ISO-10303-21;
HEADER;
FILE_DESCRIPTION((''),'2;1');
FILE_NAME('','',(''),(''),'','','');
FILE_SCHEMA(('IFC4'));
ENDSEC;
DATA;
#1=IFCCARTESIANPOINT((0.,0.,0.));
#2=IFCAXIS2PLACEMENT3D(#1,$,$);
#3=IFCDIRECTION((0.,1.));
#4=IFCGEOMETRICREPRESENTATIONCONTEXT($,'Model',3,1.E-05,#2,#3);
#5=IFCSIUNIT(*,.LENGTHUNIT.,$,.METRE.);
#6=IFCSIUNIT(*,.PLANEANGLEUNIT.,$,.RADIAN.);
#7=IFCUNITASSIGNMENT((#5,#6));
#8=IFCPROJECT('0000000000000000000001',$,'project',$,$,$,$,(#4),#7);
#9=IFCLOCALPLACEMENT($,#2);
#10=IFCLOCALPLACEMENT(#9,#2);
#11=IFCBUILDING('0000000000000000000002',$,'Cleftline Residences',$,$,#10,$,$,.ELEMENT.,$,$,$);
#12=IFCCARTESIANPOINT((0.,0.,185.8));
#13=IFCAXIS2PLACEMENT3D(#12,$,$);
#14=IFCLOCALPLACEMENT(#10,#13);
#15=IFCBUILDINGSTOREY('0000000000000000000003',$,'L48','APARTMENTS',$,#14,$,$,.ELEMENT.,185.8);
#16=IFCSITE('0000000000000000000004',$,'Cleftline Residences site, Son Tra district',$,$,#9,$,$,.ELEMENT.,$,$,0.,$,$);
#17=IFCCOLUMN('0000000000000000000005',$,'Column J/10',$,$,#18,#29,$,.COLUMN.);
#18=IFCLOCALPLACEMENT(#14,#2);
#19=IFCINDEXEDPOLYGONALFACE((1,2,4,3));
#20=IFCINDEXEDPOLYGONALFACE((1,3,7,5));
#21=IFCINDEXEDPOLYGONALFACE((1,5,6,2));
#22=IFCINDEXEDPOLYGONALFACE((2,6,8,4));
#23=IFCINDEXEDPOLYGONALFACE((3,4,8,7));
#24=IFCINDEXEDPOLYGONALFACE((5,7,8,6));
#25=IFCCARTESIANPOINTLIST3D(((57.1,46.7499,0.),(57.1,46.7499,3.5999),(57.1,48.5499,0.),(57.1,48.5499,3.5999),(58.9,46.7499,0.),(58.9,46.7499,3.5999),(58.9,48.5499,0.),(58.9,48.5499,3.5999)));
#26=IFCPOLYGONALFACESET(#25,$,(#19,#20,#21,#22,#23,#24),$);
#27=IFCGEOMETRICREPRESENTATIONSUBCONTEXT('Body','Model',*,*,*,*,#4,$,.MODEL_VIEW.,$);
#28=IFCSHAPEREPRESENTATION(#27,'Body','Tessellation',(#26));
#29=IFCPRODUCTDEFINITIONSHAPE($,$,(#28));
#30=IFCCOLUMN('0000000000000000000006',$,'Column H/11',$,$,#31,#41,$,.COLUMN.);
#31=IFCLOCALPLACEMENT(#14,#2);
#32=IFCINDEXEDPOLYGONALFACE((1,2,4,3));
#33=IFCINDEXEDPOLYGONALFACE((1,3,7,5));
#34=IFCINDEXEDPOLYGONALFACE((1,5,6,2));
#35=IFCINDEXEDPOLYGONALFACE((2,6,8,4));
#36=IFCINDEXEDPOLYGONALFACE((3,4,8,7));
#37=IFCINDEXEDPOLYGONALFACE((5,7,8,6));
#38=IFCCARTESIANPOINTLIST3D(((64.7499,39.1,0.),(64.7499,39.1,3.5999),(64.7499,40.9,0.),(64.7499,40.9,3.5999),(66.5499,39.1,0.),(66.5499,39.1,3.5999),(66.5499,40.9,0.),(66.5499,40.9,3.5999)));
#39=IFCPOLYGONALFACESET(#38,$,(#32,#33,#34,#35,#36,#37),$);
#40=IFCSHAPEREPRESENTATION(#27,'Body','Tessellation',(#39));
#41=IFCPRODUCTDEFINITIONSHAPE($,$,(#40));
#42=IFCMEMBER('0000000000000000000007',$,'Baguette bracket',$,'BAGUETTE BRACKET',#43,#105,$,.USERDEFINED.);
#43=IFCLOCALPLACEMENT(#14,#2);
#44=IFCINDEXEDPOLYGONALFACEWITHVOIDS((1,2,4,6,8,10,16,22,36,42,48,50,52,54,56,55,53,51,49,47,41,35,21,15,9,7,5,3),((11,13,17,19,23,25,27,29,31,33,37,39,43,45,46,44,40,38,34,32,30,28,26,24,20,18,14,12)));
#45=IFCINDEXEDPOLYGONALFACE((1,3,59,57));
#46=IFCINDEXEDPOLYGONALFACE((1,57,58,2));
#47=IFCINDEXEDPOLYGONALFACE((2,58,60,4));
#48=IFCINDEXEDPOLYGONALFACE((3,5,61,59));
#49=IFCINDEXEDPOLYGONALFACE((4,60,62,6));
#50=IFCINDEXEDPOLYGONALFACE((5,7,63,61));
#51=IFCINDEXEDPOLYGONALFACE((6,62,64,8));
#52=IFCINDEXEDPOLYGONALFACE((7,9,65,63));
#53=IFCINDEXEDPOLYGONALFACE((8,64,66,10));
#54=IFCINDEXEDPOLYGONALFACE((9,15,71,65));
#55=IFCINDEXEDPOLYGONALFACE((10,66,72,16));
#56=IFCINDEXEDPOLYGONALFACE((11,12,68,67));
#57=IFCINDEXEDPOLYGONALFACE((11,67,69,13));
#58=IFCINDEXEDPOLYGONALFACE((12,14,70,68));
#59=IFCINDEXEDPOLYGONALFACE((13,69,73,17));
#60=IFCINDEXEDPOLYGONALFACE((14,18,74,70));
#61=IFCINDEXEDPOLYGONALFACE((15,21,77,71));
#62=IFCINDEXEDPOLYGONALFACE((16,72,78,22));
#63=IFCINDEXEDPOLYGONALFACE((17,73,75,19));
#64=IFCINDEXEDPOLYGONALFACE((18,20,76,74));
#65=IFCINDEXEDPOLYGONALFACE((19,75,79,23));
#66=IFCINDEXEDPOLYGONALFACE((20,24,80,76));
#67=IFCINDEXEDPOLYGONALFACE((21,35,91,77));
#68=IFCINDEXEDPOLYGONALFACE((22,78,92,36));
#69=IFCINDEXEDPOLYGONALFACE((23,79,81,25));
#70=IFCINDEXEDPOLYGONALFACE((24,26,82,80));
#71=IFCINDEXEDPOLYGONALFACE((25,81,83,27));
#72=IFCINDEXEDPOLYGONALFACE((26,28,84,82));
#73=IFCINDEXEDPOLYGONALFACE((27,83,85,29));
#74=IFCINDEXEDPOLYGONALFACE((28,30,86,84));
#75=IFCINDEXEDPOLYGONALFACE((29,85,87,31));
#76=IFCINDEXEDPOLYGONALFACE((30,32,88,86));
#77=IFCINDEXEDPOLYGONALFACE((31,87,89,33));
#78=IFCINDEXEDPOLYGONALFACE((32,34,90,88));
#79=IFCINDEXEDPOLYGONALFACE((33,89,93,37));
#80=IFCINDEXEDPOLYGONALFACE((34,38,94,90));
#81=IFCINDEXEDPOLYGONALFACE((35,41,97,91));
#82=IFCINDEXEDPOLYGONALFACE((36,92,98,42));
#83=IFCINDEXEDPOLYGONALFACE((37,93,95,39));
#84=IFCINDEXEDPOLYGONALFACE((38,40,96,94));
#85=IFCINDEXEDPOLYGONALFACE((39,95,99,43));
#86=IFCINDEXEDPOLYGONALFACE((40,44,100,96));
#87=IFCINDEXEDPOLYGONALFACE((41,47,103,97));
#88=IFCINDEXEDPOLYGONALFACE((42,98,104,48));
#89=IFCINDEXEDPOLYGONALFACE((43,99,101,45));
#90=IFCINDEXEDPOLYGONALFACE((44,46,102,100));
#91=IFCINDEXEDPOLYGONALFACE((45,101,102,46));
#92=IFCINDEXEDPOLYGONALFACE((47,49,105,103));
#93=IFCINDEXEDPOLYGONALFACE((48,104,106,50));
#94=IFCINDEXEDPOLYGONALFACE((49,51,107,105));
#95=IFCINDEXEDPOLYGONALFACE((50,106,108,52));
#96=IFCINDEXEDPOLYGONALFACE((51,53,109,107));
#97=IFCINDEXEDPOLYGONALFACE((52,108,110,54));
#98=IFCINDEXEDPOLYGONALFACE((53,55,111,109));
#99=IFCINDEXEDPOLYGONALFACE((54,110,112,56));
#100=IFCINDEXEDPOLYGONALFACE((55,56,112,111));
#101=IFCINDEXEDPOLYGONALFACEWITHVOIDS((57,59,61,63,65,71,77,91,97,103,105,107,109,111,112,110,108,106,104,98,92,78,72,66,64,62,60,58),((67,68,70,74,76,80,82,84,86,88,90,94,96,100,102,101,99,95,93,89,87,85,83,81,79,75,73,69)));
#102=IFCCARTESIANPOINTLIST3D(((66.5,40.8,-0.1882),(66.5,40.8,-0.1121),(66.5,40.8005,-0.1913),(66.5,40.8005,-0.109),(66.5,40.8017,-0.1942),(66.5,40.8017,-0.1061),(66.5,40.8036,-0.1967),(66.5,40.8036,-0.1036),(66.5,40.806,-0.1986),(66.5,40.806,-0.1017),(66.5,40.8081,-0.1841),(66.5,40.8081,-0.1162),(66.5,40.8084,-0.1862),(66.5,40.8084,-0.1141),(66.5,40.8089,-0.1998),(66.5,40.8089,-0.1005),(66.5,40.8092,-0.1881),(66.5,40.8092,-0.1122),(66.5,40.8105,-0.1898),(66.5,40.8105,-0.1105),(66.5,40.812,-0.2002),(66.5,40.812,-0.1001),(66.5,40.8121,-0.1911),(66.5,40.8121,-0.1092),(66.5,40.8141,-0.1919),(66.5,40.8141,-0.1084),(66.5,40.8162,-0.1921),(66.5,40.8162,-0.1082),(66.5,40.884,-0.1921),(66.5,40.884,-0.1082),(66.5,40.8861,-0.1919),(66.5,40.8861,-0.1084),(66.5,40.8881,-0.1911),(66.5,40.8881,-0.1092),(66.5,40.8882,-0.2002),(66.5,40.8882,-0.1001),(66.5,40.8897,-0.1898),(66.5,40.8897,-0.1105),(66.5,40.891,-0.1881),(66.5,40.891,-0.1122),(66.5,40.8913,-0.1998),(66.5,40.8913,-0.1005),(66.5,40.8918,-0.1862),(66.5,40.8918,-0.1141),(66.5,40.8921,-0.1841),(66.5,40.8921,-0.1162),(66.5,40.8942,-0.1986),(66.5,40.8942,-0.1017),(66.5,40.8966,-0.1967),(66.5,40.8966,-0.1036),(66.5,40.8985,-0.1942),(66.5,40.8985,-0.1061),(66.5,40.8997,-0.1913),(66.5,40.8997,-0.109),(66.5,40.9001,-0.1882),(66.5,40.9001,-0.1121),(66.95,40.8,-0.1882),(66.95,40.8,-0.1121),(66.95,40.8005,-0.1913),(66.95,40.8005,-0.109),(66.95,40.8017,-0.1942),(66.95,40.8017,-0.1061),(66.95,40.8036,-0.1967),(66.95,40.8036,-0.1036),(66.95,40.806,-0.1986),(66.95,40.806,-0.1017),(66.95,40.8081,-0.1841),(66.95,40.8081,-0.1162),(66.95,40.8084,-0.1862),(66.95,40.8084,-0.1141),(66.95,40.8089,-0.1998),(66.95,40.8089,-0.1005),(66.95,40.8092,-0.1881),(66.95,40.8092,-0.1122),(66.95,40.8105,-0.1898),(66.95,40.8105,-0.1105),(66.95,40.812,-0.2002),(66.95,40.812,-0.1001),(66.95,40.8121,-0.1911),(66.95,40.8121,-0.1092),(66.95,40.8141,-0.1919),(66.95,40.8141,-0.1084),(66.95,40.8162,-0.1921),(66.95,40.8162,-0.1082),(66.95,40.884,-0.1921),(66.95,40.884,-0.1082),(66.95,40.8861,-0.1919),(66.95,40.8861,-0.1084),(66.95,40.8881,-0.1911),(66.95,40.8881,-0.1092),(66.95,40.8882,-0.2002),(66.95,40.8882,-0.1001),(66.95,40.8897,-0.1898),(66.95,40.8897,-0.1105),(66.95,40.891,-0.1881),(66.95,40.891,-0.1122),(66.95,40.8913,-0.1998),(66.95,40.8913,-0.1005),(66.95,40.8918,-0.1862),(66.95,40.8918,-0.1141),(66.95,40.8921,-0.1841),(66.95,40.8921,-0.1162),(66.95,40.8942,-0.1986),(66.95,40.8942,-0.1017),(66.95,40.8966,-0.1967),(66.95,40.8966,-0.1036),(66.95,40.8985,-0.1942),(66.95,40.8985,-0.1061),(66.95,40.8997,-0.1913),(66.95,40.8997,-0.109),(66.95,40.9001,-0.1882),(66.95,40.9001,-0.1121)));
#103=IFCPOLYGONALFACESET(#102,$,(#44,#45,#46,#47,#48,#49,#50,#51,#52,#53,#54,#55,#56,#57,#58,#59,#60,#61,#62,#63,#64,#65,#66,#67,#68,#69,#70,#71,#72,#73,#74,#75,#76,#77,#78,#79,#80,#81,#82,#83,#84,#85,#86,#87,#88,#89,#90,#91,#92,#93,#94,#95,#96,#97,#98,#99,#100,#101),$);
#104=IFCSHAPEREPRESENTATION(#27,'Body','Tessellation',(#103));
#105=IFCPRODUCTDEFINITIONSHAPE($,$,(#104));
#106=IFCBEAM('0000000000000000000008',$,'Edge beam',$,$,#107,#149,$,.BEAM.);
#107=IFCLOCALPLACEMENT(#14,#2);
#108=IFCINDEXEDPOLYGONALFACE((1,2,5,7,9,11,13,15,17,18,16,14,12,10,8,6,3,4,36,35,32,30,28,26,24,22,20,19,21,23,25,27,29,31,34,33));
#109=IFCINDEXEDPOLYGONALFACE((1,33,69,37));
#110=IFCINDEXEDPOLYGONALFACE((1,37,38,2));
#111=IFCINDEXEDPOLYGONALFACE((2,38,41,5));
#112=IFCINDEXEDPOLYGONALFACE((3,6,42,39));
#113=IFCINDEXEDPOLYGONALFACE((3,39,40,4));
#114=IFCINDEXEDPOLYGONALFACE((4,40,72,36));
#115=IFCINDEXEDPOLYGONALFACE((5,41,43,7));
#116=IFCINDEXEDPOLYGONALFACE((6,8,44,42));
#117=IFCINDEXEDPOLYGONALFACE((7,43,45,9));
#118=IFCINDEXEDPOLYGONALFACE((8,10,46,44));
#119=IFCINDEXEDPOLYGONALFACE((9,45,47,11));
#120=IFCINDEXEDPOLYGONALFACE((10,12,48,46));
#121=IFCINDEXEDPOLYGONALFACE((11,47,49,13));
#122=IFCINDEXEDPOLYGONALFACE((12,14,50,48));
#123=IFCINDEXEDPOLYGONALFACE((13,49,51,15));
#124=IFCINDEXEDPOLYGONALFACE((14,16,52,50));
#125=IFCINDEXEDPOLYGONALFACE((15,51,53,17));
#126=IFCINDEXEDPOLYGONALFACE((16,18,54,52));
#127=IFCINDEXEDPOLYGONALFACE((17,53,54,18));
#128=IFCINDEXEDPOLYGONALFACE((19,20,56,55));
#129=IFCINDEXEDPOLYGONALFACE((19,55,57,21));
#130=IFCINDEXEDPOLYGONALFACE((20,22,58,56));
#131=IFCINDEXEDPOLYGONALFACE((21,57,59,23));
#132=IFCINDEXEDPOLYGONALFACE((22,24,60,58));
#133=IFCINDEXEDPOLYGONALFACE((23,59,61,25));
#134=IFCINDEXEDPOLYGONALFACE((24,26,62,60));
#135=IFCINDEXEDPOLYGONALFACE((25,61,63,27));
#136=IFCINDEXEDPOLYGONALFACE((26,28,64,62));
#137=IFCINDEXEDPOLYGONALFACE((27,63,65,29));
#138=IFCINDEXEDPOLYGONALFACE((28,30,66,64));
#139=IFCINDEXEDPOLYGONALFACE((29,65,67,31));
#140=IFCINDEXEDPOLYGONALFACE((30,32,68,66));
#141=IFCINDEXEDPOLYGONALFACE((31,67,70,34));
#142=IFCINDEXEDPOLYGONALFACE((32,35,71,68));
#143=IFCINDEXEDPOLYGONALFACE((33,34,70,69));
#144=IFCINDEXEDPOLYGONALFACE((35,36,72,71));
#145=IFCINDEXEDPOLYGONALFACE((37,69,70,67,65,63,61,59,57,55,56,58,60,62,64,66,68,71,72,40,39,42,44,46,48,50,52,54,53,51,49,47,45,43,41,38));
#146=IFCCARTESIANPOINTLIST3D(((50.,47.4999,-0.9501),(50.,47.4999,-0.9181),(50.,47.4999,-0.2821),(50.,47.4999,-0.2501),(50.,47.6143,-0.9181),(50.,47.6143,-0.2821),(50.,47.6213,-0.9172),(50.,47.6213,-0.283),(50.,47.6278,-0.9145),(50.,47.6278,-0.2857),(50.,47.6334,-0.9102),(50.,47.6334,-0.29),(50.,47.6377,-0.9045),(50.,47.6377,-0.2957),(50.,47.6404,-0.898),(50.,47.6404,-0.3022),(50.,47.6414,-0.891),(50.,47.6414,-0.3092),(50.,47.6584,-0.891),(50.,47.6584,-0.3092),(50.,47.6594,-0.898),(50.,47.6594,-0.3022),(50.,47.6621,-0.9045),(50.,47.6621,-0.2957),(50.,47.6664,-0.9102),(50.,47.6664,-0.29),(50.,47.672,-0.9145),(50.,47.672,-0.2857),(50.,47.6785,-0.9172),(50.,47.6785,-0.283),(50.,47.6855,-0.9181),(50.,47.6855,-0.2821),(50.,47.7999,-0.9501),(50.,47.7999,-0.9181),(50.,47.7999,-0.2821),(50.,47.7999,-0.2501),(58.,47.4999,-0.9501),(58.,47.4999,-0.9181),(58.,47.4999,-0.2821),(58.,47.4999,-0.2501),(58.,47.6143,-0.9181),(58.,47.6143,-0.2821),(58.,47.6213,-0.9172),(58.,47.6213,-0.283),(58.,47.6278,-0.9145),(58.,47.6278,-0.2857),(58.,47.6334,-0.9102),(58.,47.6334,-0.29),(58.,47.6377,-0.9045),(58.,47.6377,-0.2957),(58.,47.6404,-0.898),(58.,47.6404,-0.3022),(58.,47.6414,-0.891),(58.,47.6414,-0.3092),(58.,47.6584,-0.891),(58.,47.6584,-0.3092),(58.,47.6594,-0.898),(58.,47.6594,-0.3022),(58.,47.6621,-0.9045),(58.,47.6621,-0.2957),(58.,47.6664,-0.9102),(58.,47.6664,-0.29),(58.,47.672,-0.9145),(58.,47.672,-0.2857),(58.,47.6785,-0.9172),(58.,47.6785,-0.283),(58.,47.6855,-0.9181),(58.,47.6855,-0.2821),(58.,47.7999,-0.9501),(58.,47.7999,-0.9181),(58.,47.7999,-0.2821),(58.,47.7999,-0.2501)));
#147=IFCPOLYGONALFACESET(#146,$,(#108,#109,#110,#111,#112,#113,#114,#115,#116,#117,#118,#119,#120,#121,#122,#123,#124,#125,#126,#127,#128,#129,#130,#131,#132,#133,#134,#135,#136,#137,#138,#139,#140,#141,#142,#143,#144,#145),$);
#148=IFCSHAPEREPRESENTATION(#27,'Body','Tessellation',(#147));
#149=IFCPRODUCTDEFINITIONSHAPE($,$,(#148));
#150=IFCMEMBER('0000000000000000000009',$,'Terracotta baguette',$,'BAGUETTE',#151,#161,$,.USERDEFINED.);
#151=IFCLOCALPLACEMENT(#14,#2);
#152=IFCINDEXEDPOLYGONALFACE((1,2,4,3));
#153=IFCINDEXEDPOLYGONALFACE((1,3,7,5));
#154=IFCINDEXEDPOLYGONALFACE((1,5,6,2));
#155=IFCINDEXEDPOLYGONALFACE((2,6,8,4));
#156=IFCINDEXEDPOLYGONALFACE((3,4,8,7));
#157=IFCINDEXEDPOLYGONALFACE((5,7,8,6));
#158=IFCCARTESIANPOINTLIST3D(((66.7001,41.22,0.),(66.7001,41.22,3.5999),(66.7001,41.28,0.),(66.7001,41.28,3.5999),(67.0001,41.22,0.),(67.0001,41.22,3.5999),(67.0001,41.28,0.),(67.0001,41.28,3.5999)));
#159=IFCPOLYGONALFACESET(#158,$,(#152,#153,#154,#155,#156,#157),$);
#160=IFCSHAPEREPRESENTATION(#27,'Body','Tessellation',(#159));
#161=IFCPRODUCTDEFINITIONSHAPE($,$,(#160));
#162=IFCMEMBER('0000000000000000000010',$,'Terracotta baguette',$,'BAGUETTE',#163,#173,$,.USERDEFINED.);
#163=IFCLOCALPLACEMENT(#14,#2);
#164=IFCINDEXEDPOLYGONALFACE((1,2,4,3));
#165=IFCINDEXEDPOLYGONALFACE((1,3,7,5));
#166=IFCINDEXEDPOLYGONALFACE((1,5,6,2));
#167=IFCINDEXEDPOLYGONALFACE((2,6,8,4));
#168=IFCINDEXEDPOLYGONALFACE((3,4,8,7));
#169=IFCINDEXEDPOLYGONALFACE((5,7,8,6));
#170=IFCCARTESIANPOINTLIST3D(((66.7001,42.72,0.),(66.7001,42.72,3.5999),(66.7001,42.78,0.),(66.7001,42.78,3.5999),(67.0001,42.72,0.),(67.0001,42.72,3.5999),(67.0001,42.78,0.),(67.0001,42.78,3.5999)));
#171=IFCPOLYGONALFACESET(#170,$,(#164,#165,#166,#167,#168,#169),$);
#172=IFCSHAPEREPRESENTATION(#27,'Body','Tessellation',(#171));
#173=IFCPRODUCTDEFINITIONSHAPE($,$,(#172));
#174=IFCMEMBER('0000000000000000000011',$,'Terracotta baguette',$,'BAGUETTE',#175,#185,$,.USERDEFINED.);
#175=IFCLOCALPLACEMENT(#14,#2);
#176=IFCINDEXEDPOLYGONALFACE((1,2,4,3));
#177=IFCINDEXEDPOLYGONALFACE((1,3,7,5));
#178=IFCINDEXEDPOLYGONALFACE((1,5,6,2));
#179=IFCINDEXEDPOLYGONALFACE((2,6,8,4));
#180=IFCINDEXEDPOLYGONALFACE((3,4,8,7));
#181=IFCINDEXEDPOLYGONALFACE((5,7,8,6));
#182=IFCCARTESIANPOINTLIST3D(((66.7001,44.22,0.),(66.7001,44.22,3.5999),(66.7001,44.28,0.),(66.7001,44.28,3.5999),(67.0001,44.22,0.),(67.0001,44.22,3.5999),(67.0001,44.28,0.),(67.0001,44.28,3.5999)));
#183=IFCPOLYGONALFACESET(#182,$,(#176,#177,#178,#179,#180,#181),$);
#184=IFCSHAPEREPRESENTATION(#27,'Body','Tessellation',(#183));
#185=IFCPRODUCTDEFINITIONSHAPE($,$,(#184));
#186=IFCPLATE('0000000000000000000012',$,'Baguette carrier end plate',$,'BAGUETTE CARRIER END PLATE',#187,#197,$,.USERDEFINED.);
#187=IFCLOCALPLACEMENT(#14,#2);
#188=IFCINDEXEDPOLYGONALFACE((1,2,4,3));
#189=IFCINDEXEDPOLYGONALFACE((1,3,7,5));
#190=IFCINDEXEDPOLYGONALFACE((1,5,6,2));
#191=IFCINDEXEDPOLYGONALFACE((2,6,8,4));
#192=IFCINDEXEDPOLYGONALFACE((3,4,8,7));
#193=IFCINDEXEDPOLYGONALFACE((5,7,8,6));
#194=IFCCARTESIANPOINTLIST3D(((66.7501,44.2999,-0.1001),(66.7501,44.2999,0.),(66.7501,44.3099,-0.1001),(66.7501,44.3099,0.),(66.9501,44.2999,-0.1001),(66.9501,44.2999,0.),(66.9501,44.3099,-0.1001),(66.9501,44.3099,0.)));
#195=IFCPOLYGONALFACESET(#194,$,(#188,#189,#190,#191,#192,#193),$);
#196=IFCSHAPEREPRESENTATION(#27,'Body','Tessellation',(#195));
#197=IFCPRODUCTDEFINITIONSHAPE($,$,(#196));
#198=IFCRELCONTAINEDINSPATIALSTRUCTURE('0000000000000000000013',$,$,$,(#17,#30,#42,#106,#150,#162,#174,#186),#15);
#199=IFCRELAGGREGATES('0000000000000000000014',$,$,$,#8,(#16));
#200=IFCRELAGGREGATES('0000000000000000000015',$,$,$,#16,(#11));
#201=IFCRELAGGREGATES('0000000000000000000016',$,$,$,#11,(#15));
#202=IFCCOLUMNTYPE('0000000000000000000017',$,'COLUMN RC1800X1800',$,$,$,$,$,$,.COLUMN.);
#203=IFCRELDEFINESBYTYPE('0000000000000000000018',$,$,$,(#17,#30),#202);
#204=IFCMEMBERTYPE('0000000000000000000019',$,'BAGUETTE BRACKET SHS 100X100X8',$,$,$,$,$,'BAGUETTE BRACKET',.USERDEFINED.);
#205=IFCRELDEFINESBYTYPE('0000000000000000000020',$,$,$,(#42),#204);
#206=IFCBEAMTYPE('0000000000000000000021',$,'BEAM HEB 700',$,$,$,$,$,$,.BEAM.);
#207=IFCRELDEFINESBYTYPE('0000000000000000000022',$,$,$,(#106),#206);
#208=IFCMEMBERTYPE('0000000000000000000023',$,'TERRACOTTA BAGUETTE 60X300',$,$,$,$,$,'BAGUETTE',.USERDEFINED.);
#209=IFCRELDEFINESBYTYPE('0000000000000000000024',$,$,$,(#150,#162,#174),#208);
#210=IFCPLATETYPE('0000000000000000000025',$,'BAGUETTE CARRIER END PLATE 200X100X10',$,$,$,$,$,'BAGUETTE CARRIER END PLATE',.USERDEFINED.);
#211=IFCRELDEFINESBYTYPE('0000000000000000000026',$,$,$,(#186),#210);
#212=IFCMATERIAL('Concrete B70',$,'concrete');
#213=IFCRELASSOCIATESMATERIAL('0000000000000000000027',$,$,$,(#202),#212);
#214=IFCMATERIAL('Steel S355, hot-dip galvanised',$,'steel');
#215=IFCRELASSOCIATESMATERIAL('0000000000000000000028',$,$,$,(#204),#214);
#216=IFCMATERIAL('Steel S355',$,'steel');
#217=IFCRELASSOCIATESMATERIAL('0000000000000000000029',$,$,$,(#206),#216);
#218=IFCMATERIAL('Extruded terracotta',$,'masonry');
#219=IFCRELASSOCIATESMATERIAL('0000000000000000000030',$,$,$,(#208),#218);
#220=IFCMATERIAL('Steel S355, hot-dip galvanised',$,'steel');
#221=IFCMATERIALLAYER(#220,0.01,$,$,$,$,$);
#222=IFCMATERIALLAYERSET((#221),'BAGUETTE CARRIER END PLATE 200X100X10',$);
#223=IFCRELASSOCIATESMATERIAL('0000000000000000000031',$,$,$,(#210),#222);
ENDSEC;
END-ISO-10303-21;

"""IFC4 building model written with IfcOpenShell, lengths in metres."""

from ifc_helpers import new_model, si_unit, direction, frame, origin, origin_2d, place, context, subcontext, project, spatial, rectangle, hollow_rectangle, i_section, extrude, material, layer, layer_set, material_profile, profile_set, type_object, element, save


model = new_model("IFC4")

# Units and contexts
model_context = context("Model", 3, precision=1e-05, world=origin(), true_north=direction((0.0, 1.0)))
body_context = subcontext(model_context, "Body", "Model", "MODEL_VIEW")
ifc_project = project(units=[si_unit("LENGTHUNIT", "METRE"), si_unit("PLANEANGLEUNIT", "RADIAN")], contexts=[model_context])

# Site, building, storey
site_placement = place(None, origin())
site = spatial("IfcSite", under=ifc_project, at=site_placement, Name="Cleftline Residences site, Son Tra district", CompositionType="ELEMENT", RefElevation=0.0)
building_placement = place(site_placement, origin())
building = spatial("IfcBuilding", under=site, at=building_placement, Name="Cleftline Residences", CompositionType="ELEMENT")
storey_placement = place(building_placement, frame((0.0, 0.0, 185.8)))
storey = spatial("IfcBuildingStorey", under=building, at=storey_placement, Name="L48", Description="APARTMENTS", CompositionType="ELEMENT", Elevation=185.8)

# Columns
ifc_material_1 = material(Name="Concrete B70", Category="concrete")
ifc_material_profile_1 = material_profile(ifc_material_1, rectangle(XDim=1.8, YDim=1.8, at=origin_2d()))
ifc_profile_set_1 = profile_set([ifc_material_profile_1], Name="Concrete B70")
column_type = type_object("IfcColumnType", Name="COLUMN RC1800X1800", PredefinedType="COLUMN", material=ifc_profile_set_1)
for number, where, z_axis, x_axis, name in (
    (1, (58.0, 47.6499, 0.0), (0.0, 0.0, 1.0), (1.0, 0.0, 0.0), "Column J/10"),
    (2, (65.6499, 40.0, 0.0), (0.0, 0.0, 1.0), (1.0, 0.0, 0.0), "Column H/11"),
):
    element("IfcColumn", number, at=place(storey_placement, frame(where, z_axis=z_axis, x_axis=x_axis)), inside=storey, type_object=column_type, Name=name, PredefinedType="COLUMN", context=body_context, shape_type="SweptSolid", body=[
        extrude(rectangle(XDim=1.8, YDim=1.8, at=origin_2d()), origin(), (0.0, 0.0, 1.0), 3.5999),
    ])

# Member
ifc_material_2 = material(Name="Steel S355, hot-dip galvanised", Category="steel")
ifc_material_profile_2 = material_profile(ifc_material_2, hollow_rectangle(XDim=0.1001, YDim=0.1001, WallThickness=0.0081, InnerFilletRadius=0.0081, OuterFilletRadius=0.012, at=origin_2d()))
ifc_profile_set_2 = profile_set([ifc_material_profile_2], Name="Steel S355, hot-dip galvanised")
member_type_1 = type_object("IfcMemberType", Name="BAGUETTE BRACKET SHS 100X100X8", ElementType="BAGUETTE BRACKET", PredefinedType="USERDEFINED", material=ifc_profile_set_2)
member_placement = place(storey_placement, frame((66.5, 40.8501, -0.1501), z_axis=(1.0, 0.0, 0.0), x_axis=(0.0, 1.0, 0.0)))
element("IfcMember", 3, at=member_placement, inside=storey, type_object=member_type_1, Name="Baguette bracket", ObjectType="BAGUETTE BRACKET", PredefinedType="USERDEFINED", context=body_context, shape_type="SweptSolid", body=[
    extrude(hollow_rectangle(XDim=0.1001, YDim=0.1001, WallThickness=0.0081, InnerFilletRadius=0.0081, OuterFilletRadius=0.012, at=origin_2d()), origin(), (0.0, 0.0, 1.0), 0.45),
])

# Beam
ifc_material_3 = material(Name="Steel S355", Category="steel")
ifc_material_profile_3 = material_profile(ifc_material_3, i_section(OverallWidth=0.3, OverallDepth=0.7, WebThickness=0.0171, FlangeThickness=0.032, FilletRadius=0.0271, at=origin_2d()))
ifc_profile_set_3 = profile_set([ifc_material_profile_3], Name="Steel S355")
beam_type = type_object("IfcBeamType", Name="BEAM HEB 700", PredefinedType="BEAM", material=ifc_profile_set_3)
beam_placement = place(storey_placement, frame((58.0, 47.6499, -0.6001), z_axis=(-1.0, 0.0, 0.0), x_axis=(0.0, -1.0, 0.0)))
element("IfcBeam", 4, at=beam_placement, inside=storey, type_object=beam_type, Name="Edge beam", PredefinedType="BEAM", context=body_context, shape_type="SweptSolid", body=[
    extrude(i_section(OverallWidth=0.3, OverallDepth=0.7, WebThickness=0.0171, FlangeThickness=0.032, FilletRadius=0.0271, at=origin_2d()), origin(), (0.0, 0.0, 1.0), 8.0),
])

# Members
ifc_material_4 = material(Name="Extruded terracotta", Category="masonry")
ifc_material_profile_4 = material_profile(ifc_material_4, rectangle(XDim=0.0601, YDim=0.3, at=origin_2d()))
ifc_profile_set_4 = profile_set([ifc_material_profile_4], Name="Extruded terracotta")
member_type_2 = type_object("IfcMemberType", Name="TERRACOTTA BAGUETTE 60X300", ElementType="BAGUETTE", PredefinedType="USERDEFINED", material=ifc_profile_set_4)
for number, where, z_axis, x_axis, name in (
    (5, (66.8501, 41.25, 0.0), (0.0, 0.0, 1.0), (0.0, 1.0, 0.0), "Terracotta baguette"),
    (6, (66.8501, 42.75, 0.0), (0.0, 0.0, 1.0), (0.0, 1.0, 0.0), "Terracotta baguette"),
    (7, (66.8501, 44.25, 0.0), (0.0, 0.0, 1.0), (0.0, 1.0, 0.0), "Terracotta baguette"),
):
    element("IfcMember", number, at=place(storey_placement, frame(where, z_axis=z_axis, x_axis=x_axis)), inside=storey, type_object=member_type_2, Name=name, ObjectType="BAGUETTE", PredefinedType="USERDEFINED", context=body_context, shape_type="SweptSolid", body=[
        extrude(rectangle(XDim=0.0601, YDim=0.3, at=origin_2d()), origin(), (0.0, 0.0, 1.0), 3.5999),
    ])

# Plate
ifc_material_5 = material(Name="Steel S355, hot-dip galvanised", Category="steel")
ifc_layer_1 = layer(ifc_material_5, 0.01)
ifc_layer_set_1 = layer_set([ifc_layer_1], Name="BAGUETTE CARRIER END PLATE 200X100X10")
plate_type = type_object("IfcPlateType", Name="BAGUETTE CARRIER END PLATE 200X100X10", ElementType="BAGUETTE CARRIER END PLATE", PredefinedType="USERDEFINED", material=ifc_layer_set_1)
plate_placement = place(storey_placement, frame((66.8501, 44.3049, -0.1001), z_axis=(0.0, 0.0, 1.0), x_axis=(1.0, 0.0, 0.0)))
element("IfcPlate", 8, at=plate_placement, inside=storey, type_object=plate_type, Name="Baguette carrier end plate", ObjectType="BAGUETTE CARRIER END PLATE", PredefinedType="USERDEFINED", context=body_context, shape_type="SweptSolid", body=[
    extrude(rectangle(XDim=0.2, YDim=0.01, at=origin_2d()), origin(), (0.0, 0.0, 1.0), 0.1001),
])

save(model, "model.ifc")
